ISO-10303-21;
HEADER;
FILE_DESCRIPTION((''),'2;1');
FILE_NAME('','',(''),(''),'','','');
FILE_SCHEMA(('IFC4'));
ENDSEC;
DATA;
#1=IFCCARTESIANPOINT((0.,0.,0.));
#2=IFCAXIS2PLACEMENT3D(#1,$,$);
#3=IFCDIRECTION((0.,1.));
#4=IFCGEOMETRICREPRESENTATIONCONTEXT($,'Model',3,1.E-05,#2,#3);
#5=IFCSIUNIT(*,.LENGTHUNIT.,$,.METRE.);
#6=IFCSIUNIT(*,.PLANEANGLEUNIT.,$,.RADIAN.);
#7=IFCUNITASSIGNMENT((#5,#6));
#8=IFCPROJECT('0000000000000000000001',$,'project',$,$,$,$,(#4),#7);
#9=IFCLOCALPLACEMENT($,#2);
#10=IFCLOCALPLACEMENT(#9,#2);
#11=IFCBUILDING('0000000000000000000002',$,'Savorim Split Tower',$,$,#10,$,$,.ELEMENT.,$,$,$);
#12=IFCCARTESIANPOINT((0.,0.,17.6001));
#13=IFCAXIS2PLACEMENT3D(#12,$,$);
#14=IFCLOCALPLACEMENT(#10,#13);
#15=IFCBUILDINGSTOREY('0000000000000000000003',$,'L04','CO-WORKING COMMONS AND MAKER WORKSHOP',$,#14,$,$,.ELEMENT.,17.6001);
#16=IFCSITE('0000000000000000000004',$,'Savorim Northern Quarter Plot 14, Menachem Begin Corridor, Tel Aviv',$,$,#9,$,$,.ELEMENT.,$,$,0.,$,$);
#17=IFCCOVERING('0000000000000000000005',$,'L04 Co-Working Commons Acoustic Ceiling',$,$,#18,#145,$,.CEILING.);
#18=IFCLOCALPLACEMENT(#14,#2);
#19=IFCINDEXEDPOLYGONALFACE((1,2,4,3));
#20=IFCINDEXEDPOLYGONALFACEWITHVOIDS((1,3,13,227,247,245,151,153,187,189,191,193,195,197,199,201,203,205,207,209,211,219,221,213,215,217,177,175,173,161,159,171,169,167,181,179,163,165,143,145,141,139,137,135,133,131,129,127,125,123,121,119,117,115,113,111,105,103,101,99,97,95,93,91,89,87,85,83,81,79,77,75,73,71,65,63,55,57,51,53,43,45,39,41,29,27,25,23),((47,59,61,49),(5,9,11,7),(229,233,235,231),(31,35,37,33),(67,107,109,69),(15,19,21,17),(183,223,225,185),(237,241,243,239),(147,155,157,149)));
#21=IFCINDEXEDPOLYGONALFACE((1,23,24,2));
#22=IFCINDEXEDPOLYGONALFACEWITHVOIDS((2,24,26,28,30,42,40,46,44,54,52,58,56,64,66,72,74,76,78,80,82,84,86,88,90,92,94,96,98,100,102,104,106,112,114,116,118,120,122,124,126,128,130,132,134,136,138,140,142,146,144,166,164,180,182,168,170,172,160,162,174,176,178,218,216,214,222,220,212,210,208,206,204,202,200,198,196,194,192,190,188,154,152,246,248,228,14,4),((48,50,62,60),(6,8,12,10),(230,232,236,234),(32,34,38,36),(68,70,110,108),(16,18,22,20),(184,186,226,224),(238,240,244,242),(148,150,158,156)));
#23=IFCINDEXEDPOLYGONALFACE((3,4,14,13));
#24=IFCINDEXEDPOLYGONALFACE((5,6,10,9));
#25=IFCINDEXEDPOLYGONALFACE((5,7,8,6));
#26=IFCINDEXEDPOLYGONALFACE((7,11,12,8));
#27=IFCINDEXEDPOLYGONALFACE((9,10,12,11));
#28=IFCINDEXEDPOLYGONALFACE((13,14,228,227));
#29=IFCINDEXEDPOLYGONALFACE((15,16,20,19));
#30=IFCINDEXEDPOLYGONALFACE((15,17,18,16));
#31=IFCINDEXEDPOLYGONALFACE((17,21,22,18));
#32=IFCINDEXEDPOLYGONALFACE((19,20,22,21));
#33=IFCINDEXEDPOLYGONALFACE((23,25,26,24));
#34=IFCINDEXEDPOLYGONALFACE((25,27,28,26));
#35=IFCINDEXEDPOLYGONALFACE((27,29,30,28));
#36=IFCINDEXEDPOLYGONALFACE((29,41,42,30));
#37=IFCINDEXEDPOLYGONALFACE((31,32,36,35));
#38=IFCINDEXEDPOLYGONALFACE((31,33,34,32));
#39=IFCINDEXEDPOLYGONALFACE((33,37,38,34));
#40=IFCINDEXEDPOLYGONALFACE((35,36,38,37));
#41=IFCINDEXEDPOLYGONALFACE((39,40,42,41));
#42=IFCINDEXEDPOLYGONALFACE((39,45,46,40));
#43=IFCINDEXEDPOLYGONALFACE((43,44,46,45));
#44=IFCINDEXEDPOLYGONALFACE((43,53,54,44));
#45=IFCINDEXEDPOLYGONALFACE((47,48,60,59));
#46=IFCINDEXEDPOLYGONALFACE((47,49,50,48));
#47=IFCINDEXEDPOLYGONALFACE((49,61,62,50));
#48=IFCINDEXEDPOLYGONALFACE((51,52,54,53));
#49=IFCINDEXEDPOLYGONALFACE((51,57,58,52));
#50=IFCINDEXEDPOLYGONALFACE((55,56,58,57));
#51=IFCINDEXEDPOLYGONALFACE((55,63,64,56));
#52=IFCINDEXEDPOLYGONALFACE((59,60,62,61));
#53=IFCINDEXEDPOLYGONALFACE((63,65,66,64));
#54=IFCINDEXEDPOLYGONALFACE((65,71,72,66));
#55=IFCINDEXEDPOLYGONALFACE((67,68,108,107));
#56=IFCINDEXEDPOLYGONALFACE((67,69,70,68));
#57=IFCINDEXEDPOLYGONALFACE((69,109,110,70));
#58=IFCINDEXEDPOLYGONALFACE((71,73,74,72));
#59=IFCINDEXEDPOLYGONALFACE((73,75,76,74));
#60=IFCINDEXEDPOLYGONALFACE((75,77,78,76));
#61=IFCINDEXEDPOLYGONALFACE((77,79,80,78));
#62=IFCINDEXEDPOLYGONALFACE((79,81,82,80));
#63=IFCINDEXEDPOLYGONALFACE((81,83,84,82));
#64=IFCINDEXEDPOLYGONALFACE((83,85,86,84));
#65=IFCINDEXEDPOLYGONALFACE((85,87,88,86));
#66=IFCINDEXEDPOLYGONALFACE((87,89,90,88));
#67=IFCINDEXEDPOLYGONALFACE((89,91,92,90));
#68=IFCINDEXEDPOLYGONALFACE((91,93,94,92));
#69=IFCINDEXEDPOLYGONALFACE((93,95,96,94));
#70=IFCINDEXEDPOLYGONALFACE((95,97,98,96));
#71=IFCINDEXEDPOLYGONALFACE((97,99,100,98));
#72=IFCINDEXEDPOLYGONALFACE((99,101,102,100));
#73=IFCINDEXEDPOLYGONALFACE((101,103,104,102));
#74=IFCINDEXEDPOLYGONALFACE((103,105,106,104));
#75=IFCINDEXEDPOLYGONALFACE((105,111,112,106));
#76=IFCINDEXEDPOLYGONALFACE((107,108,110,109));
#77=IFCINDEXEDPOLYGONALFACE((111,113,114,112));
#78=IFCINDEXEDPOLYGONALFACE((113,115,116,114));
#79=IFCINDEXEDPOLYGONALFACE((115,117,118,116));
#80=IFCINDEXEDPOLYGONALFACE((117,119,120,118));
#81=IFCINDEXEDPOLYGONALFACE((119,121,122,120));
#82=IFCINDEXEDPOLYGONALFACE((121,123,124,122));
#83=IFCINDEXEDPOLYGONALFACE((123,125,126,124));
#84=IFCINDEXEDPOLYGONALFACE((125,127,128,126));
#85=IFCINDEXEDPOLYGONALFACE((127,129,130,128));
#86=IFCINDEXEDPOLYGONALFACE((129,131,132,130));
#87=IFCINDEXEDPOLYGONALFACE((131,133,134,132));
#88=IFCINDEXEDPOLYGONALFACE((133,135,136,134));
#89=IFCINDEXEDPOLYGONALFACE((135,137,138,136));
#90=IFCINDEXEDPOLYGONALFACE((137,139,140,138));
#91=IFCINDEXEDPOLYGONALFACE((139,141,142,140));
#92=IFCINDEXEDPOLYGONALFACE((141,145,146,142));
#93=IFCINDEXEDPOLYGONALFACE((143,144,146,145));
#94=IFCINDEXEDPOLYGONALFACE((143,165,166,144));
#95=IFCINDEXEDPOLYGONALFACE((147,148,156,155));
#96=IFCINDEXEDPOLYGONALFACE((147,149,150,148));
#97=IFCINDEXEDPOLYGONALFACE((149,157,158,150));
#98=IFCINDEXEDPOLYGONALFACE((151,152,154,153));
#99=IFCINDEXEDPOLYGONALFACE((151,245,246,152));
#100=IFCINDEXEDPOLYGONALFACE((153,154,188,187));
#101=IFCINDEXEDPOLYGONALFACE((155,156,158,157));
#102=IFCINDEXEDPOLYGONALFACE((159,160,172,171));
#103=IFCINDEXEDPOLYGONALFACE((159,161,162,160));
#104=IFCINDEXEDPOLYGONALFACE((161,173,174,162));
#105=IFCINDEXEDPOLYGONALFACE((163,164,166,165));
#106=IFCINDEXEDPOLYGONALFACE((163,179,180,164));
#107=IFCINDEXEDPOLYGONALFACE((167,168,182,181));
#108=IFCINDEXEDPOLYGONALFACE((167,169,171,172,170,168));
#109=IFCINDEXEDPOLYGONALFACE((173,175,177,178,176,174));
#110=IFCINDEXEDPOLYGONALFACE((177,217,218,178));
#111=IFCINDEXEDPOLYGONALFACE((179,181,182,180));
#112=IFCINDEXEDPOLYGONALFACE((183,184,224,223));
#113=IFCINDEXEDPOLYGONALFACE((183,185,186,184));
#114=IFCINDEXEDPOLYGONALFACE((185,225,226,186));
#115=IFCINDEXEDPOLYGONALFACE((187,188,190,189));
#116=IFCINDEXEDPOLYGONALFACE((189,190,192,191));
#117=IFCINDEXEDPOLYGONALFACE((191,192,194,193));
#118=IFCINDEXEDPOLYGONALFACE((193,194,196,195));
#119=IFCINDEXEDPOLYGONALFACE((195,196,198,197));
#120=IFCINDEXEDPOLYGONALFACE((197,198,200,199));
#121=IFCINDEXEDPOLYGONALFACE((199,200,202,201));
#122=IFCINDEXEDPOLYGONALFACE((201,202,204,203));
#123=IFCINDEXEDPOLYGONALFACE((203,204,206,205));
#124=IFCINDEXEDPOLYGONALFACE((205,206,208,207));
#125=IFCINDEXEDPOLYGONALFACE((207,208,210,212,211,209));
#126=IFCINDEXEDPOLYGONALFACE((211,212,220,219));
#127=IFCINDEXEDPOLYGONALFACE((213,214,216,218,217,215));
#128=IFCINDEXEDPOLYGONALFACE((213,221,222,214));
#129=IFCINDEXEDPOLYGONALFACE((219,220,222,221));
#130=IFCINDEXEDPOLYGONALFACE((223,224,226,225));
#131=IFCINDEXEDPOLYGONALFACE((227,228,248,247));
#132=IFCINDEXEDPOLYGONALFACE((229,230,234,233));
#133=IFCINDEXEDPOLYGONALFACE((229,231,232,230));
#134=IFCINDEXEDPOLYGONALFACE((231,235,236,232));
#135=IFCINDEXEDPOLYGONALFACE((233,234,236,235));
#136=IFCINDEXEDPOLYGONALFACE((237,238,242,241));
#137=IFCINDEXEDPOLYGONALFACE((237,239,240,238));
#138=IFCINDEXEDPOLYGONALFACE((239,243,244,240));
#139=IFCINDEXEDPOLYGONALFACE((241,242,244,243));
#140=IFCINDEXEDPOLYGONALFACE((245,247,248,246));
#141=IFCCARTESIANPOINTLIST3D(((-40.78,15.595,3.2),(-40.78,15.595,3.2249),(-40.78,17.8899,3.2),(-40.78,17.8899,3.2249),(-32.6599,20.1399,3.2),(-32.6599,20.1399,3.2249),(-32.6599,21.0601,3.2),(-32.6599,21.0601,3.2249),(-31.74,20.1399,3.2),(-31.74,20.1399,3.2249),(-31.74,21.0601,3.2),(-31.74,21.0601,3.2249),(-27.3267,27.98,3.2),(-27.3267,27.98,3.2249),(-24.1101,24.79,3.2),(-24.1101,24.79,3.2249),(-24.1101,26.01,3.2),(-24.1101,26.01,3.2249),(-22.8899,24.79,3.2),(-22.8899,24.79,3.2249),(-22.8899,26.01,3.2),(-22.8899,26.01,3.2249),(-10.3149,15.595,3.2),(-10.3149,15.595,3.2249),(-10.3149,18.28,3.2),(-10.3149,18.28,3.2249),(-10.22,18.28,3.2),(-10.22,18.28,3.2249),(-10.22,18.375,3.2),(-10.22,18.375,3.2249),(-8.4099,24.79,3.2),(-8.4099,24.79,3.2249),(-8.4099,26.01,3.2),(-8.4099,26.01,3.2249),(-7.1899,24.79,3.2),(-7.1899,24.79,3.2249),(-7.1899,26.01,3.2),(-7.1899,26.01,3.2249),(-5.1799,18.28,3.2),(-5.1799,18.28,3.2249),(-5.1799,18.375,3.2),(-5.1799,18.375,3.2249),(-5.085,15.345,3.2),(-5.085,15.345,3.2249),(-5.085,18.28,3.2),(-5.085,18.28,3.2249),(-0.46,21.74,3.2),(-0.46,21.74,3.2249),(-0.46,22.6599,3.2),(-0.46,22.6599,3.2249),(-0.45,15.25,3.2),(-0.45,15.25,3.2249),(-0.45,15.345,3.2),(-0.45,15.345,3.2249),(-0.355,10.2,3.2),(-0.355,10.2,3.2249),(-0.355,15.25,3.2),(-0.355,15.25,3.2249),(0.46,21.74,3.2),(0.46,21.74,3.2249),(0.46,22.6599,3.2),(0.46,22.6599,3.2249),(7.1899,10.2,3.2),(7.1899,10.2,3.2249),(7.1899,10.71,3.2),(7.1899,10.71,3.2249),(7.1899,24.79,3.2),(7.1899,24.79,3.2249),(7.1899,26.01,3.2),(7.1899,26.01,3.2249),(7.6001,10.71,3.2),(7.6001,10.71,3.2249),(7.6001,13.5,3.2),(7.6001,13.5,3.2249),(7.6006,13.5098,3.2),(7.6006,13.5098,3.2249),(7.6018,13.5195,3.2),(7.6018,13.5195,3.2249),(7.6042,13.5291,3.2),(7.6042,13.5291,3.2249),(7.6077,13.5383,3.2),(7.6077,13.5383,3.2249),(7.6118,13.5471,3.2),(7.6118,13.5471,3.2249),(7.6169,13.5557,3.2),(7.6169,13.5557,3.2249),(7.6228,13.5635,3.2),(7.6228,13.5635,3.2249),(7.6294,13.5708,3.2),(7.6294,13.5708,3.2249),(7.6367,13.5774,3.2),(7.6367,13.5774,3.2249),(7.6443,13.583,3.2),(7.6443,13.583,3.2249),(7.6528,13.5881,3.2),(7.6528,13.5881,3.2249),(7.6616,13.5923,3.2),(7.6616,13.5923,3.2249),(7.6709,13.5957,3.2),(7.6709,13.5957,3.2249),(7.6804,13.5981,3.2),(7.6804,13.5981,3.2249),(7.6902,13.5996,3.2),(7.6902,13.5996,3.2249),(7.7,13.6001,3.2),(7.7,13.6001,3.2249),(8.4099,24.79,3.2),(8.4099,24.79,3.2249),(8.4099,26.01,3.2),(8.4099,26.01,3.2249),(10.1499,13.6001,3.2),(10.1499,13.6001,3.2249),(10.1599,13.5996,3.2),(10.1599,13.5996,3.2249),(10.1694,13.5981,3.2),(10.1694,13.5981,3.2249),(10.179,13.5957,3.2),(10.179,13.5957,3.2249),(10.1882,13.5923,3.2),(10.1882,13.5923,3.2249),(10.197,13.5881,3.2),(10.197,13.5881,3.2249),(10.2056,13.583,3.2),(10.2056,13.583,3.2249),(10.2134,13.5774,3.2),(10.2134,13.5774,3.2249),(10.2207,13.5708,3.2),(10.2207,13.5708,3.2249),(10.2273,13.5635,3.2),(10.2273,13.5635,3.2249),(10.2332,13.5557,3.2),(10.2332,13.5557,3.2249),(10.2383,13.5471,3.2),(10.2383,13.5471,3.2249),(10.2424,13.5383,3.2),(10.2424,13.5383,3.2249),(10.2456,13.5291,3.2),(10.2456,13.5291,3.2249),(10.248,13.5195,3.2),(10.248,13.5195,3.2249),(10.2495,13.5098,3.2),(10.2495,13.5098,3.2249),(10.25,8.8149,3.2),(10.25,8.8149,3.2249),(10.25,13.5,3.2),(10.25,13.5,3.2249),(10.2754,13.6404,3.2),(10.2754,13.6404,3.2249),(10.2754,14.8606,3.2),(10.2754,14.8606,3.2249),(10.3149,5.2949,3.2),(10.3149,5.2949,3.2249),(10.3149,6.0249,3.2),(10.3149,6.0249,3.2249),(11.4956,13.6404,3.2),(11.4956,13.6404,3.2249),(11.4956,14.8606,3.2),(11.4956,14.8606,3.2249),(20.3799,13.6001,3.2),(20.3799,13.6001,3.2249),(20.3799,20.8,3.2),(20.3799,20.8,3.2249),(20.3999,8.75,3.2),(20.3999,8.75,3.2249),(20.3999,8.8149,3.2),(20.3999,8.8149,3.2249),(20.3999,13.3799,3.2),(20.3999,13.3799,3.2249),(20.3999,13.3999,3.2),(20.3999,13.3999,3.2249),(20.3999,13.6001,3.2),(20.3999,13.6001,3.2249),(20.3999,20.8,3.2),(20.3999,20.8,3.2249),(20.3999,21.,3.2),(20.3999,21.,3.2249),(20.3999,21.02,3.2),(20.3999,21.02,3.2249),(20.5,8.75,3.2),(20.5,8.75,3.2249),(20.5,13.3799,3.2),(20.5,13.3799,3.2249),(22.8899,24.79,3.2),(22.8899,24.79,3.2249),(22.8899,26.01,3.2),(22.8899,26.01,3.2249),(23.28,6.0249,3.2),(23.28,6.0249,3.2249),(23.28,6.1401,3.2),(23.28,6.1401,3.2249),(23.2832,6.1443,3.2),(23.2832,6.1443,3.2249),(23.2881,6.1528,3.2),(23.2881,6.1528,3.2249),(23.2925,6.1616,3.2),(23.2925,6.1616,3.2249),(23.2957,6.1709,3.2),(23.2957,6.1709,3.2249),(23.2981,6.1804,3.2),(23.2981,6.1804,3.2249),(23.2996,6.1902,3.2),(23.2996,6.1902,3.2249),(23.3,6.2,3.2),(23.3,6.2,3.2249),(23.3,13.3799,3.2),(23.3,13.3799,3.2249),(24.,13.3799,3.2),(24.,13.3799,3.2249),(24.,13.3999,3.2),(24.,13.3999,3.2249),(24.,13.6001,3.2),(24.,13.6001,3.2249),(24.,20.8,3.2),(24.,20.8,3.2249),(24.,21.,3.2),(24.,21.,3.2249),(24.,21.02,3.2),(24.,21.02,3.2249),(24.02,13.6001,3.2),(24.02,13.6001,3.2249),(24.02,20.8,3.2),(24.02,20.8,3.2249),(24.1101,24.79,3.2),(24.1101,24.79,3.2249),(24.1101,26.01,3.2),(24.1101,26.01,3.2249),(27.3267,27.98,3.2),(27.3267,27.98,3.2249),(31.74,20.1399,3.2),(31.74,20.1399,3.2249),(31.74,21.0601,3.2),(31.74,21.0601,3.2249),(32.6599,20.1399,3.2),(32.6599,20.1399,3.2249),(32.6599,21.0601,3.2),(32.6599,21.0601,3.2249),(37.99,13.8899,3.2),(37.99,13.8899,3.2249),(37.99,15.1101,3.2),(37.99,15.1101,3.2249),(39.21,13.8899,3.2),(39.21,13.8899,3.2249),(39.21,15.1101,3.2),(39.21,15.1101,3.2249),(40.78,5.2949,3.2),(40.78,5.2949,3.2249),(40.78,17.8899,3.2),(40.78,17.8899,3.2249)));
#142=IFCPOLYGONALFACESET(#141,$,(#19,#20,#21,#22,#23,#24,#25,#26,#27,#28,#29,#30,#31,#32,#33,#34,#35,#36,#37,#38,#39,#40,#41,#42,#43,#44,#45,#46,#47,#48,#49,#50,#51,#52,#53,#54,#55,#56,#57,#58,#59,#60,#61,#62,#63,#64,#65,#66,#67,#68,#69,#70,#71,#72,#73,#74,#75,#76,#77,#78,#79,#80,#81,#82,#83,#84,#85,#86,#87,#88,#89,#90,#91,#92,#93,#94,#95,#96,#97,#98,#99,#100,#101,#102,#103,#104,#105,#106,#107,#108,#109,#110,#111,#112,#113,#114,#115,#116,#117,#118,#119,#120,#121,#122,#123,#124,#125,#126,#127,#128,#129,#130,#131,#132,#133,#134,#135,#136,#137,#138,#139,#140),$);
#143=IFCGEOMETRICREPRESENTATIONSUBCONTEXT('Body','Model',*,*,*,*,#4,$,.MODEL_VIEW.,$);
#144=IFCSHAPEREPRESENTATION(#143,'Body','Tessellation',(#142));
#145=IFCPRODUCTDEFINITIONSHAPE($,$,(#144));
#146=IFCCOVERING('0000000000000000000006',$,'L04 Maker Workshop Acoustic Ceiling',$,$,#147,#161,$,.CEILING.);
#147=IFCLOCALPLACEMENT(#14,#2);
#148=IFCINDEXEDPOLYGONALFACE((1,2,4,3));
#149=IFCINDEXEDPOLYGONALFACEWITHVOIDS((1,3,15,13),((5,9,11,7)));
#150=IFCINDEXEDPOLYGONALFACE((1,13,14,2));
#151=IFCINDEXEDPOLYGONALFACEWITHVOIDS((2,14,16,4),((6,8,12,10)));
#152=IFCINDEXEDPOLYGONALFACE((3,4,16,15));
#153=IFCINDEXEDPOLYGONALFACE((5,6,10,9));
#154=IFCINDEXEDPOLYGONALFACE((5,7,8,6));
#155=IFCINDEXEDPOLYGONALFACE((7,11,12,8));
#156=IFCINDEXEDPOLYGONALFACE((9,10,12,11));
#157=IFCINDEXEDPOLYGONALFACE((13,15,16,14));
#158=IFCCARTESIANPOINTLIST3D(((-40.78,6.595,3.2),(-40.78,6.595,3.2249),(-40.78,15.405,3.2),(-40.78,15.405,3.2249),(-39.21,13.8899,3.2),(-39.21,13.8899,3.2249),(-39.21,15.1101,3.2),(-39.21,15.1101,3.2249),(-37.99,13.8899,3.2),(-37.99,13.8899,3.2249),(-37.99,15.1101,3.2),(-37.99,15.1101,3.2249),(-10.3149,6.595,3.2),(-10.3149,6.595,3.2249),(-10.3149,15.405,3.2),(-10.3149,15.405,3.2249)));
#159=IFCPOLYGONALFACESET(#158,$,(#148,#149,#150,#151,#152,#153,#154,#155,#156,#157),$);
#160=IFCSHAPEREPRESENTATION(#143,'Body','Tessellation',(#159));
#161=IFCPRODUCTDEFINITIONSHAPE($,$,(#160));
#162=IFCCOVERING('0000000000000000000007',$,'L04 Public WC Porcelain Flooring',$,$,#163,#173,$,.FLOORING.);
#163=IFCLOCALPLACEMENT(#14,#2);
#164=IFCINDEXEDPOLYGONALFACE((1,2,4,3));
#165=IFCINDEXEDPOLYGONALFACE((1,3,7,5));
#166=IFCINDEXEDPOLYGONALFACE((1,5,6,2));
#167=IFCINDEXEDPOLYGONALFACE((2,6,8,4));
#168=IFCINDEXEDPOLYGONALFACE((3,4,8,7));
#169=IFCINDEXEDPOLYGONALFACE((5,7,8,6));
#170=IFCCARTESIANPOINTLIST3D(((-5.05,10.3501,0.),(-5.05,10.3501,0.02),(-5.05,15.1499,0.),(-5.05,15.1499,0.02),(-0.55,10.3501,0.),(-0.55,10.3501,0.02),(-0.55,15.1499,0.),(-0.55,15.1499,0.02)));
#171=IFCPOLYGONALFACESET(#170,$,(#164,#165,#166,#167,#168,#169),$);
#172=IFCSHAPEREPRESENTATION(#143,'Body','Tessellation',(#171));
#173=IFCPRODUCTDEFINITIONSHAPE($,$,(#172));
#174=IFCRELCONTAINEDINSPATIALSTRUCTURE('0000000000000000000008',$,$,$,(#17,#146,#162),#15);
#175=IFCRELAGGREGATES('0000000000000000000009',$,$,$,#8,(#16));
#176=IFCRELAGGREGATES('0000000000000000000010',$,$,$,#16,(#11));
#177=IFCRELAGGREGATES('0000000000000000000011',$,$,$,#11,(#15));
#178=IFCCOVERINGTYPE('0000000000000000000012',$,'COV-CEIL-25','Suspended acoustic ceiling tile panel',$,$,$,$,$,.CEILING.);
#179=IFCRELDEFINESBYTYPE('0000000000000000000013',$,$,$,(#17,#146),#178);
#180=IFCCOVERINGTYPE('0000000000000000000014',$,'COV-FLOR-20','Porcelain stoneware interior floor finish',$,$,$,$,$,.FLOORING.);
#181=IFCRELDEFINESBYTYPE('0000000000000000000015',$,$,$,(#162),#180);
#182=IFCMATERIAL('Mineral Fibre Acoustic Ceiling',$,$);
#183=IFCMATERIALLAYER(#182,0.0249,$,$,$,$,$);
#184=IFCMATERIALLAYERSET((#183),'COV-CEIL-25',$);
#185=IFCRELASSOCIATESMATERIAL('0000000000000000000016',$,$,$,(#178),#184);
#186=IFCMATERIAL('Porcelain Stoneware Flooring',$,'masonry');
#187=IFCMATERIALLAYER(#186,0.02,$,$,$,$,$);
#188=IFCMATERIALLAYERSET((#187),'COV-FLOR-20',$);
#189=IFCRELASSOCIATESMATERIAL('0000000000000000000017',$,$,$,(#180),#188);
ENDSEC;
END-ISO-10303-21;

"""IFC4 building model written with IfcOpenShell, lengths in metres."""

from ifc_helpers import new_model, si_unit, direction, frame, origin, place, context, subcontext, project, spatial, polyline, outline, extrude, material, layer, layer_set, type_object, element, save


model = new_model("IFC4")

# Units and contexts
model_context = context("Model", 3, precision=1e-05, world=origin(), true_north=direction((0.0, 1.0)))
body_context = subcontext(model_context, "Body", "Model", "MODEL_VIEW")
ifc_project = project(units=[si_unit("LENGTHUNIT", "METRE"), si_unit("PLANEANGLEUNIT", "RADIAN")], contexts=[model_context])

# Site, building, storey
site_placement = place(None, origin())
site = spatial("IfcSite", under=ifc_project, at=site_placement, Name="Savorim Northern Quarter Plot 14, Menachem Begin Corridor, Tel Aviv", CompositionType="ELEMENT", RefElevation=0.0)
building_placement = place(site_placement, origin())
building = spatial("IfcBuilding", under=site, at=building_placement, Name="Savorim Split Tower", CompositionType="ELEMENT")
storey_placement = place(building_placement, frame((0.0, 0.0, 17.6001)))
storey = spatial("IfcBuildingStorey", under=building, at=storey_placement, Name="L04", Description="CO-WORKING COMMONS AND MAKER WORKSHOP", CompositionType="ELEMENT", Elevation=17.6001)

# Coverings
ifc_material_1 = material(Name="Mineral Fibre Acoustic Ceiling")
ifc_layer_1 = layer(ifc_material_1, 0.0249)
ifc_layer_set_1 = layer_set([ifc_layer_1], Name="COV-CEIL-25")
covering_type_1 = type_object("IfcCoveringType", Name="COV-CEIL-25", Description="Suspended acoustic ceiling tile panel", PredefinedType="CEILING", material=ifc_layer_set_1)
covering_1_placement = place(storey_placement, frame((0.0, 0.0, 3.2)))
element("IfcCovering", 1, at=covering_1_placement, inside=storey, type_object=covering_type_1, Name="L04 Co-Working Commons Acoustic Ceiling", PredefinedType="CEILING", context=body_context, shape_type="SweptSolid", body=[
    extrude(outline(polyline([(27.3267, 27.98), (-27.3267, 27.98), (-40.78, 17.8899), (-40.78, 15.595), (-10.3149, 15.595), (-10.3149, 18.28), (-10.22, 18.28), (-10.22, 18.375), (-5.1799, 18.375), (-5.1799, 18.28), (-5.085, 18.28), (-5.085, 15.345), (-0.45, 15.345), (-0.45, 15.25), (-0.355, 15.25), (-0.355, 10.2), (7.1899, 10.2), (7.1899, 10.71), (7.6001, 10.71), (7.6001, 13.5), (7.6006, 13.5098), (7.6018, 13.5195), (7.6042, 13.5291), (7.6077, 13.5383), (7.6118, 13.5471), (7.6169, 13.5557), (7.6228, 13.5635), (7.6294, 13.5708), (7.6367, 13.5774), (7.6443, 13.583), (7.6528, 13.5881), (7.6616, 13.5923), (7.6709, 13.5957), (7.6804, 13.5981), (7.6902, 13.5996), (7.7, 13.6001), (10.1499, 13.6001), (10.1599, 13.5996), (10.1694, 13.5981), (10.179, 13.5957), (10.1882, 13.5923), (10.197, 13.5881), (10.2056, 13.583), (10.2134, 13.5774), (10.2207, 13.5708), (10.2273, 13.5635), (10.2332, 13.5557), (10.2383, 13.5471), (10.2424, 13.5383), (10.2456, 13.5291), (10.248, 13.5195), (10.2495, 13.5098), (10.25, 13.5), (10.25, 8.8149), (20.3999, 8.8149), (20.3999, 8.75), (20.5, 8.75), (20.5, 13.3799), (20.3999, 13.3799), (20.3999, 13.3999), (20.3999, 13.6001), (20.3799, 13.6001), (20.3799, 20.8), (20.3999, 20.8), (20.3999, 21.0), (20.3999, 21.02), (24.0, 21.02), (24.0, 21.0), (24.0, 20.8), (24.02, 20.8), (24.02, 13.6001), (24.0, 13.6001), (24.0, 13.3999), (24.0, 13.3799), (23.3, 13.3799), (23.3, 6.2), (23.2996, 6.1902), (23.2981, 6.1804), (23.2957, 6.1709), (23.2925, 6.1616), (23.2881, 6.1528), (23.2832, 6.1443), (23.28, 6.1401), (23.28, 6.0249), (10.3149, 6.0249), (10.3149, 5.2949), (40.78, 5.2949), (40.78, 17.8899), (27.3267, 27.98)]), holes=[polyline([(37.99, 13.8899), (39.21, 13.8899), (39.21, 15.1101), (37.99, 15.1101), (37.99, 13.8899)]), polyline([(22.8899, 24.79), (24.1101, 24.79), (24.1101, 26.01), (22.8899, 26.01), (22.8899, 24.79)]), polyline([(7.1899, 24.79), (8.4099, 24.79), (8.4099, 26.01), (7.1899, 26.01), (7.1899, 24.79)]), polyline([(-7.1899, 24.79), (-7.1899, 26.01), (-8.4099, 26.01), (-8.4099, 24.79), (-7.1899, 24.79)]), polyline([(-22.8899, 26.01), (-24.1101, 26.01), (-24.1101, 24.79), (-22.8899, 24.79), (-22.8899, 26.01)]), polyline([(10.2754, 14.8606), (10.2754, 13.6404), (11.4956, 13.6404), (11.4956, 14.8606), (10.2754, 14.8606)]), polyline([(31.74, 20.1399), (32.6599, 20.1399), (32.6599, 21.0601), (31.74, 21.0601), (31.74, 20.1399)]), polyline([(-31.74, 20.1399), (-31.74, 21.0601), (-32.6599, 21.0601), (-32.6599, 20.1399), (-31.74, 20.1399)]), polyline([(-0.46, 22.6599), (-0.46, 21.74), (0.46, 21.74), (0.46, 22.6599), (-0.46, 22.6599)])]), origin(), (0.0, 0.0, 1.0), 0.0249),
])
covering_2_placement = place(storey_placement, frame((0.0, 0.0, 3.2)))
element("IfcCovering", 2, at=covering_2_placement, inside=storey, type_object=covering_type_1, Name="L04 Maker Workshop Acoustic Ceiling", PredefinedType="CEILING", context=body_context, shape_type="SweptSolid", body=[
    extrude(outline(polyline([(-10.3149, 6.595), (-10.3149, 15.405), (-40.78, 15.405), (-40.78, 6.595), (-10.3149, 6.595)]), holes=[polyline([(-37.99, 15.1101), (-39.21, 15.1101), (-39.21, 13.8899), (-37.99, 13.8899), (-37.99, 15.1101)])]), origin(), (0.0, 0.0, 1.0), 0.0249),
])
ifc_material_2 = material(Name="Porcelain Stoneware Flooring", Category="masonry")
ifc_layer_2 = layer(ifc_material_2, 0.02)
ifc_layer_set_2 = layer_set([ifc_layer_2], Name="COV-FLOR-20")
covering_type_2 = type_object("IfcCoveringType", Name="COV-FLOR-20", Description="Porcelain stoneware interior floor finish", PredefinedType="FLOORING", material=ifc_layer_set_2)
covering_3_placement = place(storey_placement, origin())
element("IfcCovering", 3, at=covering_3_placement, inside=storey, type_object=covering_type_2, Name="L04 Public WC Porcelain Flooring", PredefinedType="FLOORING", context=body_context, shape_type="SweptSolid", body=[
    extrude(outline(polyline([(-5.05, 15.1499), (-5.05, 10.3501), (-0.55, 10.3501), (-0.55, 15.1499), (-5.05, 15.1499)])), origin(), (0.0, 0.0, 1.0), 0.02),
])

save(model, "model.ifc")
